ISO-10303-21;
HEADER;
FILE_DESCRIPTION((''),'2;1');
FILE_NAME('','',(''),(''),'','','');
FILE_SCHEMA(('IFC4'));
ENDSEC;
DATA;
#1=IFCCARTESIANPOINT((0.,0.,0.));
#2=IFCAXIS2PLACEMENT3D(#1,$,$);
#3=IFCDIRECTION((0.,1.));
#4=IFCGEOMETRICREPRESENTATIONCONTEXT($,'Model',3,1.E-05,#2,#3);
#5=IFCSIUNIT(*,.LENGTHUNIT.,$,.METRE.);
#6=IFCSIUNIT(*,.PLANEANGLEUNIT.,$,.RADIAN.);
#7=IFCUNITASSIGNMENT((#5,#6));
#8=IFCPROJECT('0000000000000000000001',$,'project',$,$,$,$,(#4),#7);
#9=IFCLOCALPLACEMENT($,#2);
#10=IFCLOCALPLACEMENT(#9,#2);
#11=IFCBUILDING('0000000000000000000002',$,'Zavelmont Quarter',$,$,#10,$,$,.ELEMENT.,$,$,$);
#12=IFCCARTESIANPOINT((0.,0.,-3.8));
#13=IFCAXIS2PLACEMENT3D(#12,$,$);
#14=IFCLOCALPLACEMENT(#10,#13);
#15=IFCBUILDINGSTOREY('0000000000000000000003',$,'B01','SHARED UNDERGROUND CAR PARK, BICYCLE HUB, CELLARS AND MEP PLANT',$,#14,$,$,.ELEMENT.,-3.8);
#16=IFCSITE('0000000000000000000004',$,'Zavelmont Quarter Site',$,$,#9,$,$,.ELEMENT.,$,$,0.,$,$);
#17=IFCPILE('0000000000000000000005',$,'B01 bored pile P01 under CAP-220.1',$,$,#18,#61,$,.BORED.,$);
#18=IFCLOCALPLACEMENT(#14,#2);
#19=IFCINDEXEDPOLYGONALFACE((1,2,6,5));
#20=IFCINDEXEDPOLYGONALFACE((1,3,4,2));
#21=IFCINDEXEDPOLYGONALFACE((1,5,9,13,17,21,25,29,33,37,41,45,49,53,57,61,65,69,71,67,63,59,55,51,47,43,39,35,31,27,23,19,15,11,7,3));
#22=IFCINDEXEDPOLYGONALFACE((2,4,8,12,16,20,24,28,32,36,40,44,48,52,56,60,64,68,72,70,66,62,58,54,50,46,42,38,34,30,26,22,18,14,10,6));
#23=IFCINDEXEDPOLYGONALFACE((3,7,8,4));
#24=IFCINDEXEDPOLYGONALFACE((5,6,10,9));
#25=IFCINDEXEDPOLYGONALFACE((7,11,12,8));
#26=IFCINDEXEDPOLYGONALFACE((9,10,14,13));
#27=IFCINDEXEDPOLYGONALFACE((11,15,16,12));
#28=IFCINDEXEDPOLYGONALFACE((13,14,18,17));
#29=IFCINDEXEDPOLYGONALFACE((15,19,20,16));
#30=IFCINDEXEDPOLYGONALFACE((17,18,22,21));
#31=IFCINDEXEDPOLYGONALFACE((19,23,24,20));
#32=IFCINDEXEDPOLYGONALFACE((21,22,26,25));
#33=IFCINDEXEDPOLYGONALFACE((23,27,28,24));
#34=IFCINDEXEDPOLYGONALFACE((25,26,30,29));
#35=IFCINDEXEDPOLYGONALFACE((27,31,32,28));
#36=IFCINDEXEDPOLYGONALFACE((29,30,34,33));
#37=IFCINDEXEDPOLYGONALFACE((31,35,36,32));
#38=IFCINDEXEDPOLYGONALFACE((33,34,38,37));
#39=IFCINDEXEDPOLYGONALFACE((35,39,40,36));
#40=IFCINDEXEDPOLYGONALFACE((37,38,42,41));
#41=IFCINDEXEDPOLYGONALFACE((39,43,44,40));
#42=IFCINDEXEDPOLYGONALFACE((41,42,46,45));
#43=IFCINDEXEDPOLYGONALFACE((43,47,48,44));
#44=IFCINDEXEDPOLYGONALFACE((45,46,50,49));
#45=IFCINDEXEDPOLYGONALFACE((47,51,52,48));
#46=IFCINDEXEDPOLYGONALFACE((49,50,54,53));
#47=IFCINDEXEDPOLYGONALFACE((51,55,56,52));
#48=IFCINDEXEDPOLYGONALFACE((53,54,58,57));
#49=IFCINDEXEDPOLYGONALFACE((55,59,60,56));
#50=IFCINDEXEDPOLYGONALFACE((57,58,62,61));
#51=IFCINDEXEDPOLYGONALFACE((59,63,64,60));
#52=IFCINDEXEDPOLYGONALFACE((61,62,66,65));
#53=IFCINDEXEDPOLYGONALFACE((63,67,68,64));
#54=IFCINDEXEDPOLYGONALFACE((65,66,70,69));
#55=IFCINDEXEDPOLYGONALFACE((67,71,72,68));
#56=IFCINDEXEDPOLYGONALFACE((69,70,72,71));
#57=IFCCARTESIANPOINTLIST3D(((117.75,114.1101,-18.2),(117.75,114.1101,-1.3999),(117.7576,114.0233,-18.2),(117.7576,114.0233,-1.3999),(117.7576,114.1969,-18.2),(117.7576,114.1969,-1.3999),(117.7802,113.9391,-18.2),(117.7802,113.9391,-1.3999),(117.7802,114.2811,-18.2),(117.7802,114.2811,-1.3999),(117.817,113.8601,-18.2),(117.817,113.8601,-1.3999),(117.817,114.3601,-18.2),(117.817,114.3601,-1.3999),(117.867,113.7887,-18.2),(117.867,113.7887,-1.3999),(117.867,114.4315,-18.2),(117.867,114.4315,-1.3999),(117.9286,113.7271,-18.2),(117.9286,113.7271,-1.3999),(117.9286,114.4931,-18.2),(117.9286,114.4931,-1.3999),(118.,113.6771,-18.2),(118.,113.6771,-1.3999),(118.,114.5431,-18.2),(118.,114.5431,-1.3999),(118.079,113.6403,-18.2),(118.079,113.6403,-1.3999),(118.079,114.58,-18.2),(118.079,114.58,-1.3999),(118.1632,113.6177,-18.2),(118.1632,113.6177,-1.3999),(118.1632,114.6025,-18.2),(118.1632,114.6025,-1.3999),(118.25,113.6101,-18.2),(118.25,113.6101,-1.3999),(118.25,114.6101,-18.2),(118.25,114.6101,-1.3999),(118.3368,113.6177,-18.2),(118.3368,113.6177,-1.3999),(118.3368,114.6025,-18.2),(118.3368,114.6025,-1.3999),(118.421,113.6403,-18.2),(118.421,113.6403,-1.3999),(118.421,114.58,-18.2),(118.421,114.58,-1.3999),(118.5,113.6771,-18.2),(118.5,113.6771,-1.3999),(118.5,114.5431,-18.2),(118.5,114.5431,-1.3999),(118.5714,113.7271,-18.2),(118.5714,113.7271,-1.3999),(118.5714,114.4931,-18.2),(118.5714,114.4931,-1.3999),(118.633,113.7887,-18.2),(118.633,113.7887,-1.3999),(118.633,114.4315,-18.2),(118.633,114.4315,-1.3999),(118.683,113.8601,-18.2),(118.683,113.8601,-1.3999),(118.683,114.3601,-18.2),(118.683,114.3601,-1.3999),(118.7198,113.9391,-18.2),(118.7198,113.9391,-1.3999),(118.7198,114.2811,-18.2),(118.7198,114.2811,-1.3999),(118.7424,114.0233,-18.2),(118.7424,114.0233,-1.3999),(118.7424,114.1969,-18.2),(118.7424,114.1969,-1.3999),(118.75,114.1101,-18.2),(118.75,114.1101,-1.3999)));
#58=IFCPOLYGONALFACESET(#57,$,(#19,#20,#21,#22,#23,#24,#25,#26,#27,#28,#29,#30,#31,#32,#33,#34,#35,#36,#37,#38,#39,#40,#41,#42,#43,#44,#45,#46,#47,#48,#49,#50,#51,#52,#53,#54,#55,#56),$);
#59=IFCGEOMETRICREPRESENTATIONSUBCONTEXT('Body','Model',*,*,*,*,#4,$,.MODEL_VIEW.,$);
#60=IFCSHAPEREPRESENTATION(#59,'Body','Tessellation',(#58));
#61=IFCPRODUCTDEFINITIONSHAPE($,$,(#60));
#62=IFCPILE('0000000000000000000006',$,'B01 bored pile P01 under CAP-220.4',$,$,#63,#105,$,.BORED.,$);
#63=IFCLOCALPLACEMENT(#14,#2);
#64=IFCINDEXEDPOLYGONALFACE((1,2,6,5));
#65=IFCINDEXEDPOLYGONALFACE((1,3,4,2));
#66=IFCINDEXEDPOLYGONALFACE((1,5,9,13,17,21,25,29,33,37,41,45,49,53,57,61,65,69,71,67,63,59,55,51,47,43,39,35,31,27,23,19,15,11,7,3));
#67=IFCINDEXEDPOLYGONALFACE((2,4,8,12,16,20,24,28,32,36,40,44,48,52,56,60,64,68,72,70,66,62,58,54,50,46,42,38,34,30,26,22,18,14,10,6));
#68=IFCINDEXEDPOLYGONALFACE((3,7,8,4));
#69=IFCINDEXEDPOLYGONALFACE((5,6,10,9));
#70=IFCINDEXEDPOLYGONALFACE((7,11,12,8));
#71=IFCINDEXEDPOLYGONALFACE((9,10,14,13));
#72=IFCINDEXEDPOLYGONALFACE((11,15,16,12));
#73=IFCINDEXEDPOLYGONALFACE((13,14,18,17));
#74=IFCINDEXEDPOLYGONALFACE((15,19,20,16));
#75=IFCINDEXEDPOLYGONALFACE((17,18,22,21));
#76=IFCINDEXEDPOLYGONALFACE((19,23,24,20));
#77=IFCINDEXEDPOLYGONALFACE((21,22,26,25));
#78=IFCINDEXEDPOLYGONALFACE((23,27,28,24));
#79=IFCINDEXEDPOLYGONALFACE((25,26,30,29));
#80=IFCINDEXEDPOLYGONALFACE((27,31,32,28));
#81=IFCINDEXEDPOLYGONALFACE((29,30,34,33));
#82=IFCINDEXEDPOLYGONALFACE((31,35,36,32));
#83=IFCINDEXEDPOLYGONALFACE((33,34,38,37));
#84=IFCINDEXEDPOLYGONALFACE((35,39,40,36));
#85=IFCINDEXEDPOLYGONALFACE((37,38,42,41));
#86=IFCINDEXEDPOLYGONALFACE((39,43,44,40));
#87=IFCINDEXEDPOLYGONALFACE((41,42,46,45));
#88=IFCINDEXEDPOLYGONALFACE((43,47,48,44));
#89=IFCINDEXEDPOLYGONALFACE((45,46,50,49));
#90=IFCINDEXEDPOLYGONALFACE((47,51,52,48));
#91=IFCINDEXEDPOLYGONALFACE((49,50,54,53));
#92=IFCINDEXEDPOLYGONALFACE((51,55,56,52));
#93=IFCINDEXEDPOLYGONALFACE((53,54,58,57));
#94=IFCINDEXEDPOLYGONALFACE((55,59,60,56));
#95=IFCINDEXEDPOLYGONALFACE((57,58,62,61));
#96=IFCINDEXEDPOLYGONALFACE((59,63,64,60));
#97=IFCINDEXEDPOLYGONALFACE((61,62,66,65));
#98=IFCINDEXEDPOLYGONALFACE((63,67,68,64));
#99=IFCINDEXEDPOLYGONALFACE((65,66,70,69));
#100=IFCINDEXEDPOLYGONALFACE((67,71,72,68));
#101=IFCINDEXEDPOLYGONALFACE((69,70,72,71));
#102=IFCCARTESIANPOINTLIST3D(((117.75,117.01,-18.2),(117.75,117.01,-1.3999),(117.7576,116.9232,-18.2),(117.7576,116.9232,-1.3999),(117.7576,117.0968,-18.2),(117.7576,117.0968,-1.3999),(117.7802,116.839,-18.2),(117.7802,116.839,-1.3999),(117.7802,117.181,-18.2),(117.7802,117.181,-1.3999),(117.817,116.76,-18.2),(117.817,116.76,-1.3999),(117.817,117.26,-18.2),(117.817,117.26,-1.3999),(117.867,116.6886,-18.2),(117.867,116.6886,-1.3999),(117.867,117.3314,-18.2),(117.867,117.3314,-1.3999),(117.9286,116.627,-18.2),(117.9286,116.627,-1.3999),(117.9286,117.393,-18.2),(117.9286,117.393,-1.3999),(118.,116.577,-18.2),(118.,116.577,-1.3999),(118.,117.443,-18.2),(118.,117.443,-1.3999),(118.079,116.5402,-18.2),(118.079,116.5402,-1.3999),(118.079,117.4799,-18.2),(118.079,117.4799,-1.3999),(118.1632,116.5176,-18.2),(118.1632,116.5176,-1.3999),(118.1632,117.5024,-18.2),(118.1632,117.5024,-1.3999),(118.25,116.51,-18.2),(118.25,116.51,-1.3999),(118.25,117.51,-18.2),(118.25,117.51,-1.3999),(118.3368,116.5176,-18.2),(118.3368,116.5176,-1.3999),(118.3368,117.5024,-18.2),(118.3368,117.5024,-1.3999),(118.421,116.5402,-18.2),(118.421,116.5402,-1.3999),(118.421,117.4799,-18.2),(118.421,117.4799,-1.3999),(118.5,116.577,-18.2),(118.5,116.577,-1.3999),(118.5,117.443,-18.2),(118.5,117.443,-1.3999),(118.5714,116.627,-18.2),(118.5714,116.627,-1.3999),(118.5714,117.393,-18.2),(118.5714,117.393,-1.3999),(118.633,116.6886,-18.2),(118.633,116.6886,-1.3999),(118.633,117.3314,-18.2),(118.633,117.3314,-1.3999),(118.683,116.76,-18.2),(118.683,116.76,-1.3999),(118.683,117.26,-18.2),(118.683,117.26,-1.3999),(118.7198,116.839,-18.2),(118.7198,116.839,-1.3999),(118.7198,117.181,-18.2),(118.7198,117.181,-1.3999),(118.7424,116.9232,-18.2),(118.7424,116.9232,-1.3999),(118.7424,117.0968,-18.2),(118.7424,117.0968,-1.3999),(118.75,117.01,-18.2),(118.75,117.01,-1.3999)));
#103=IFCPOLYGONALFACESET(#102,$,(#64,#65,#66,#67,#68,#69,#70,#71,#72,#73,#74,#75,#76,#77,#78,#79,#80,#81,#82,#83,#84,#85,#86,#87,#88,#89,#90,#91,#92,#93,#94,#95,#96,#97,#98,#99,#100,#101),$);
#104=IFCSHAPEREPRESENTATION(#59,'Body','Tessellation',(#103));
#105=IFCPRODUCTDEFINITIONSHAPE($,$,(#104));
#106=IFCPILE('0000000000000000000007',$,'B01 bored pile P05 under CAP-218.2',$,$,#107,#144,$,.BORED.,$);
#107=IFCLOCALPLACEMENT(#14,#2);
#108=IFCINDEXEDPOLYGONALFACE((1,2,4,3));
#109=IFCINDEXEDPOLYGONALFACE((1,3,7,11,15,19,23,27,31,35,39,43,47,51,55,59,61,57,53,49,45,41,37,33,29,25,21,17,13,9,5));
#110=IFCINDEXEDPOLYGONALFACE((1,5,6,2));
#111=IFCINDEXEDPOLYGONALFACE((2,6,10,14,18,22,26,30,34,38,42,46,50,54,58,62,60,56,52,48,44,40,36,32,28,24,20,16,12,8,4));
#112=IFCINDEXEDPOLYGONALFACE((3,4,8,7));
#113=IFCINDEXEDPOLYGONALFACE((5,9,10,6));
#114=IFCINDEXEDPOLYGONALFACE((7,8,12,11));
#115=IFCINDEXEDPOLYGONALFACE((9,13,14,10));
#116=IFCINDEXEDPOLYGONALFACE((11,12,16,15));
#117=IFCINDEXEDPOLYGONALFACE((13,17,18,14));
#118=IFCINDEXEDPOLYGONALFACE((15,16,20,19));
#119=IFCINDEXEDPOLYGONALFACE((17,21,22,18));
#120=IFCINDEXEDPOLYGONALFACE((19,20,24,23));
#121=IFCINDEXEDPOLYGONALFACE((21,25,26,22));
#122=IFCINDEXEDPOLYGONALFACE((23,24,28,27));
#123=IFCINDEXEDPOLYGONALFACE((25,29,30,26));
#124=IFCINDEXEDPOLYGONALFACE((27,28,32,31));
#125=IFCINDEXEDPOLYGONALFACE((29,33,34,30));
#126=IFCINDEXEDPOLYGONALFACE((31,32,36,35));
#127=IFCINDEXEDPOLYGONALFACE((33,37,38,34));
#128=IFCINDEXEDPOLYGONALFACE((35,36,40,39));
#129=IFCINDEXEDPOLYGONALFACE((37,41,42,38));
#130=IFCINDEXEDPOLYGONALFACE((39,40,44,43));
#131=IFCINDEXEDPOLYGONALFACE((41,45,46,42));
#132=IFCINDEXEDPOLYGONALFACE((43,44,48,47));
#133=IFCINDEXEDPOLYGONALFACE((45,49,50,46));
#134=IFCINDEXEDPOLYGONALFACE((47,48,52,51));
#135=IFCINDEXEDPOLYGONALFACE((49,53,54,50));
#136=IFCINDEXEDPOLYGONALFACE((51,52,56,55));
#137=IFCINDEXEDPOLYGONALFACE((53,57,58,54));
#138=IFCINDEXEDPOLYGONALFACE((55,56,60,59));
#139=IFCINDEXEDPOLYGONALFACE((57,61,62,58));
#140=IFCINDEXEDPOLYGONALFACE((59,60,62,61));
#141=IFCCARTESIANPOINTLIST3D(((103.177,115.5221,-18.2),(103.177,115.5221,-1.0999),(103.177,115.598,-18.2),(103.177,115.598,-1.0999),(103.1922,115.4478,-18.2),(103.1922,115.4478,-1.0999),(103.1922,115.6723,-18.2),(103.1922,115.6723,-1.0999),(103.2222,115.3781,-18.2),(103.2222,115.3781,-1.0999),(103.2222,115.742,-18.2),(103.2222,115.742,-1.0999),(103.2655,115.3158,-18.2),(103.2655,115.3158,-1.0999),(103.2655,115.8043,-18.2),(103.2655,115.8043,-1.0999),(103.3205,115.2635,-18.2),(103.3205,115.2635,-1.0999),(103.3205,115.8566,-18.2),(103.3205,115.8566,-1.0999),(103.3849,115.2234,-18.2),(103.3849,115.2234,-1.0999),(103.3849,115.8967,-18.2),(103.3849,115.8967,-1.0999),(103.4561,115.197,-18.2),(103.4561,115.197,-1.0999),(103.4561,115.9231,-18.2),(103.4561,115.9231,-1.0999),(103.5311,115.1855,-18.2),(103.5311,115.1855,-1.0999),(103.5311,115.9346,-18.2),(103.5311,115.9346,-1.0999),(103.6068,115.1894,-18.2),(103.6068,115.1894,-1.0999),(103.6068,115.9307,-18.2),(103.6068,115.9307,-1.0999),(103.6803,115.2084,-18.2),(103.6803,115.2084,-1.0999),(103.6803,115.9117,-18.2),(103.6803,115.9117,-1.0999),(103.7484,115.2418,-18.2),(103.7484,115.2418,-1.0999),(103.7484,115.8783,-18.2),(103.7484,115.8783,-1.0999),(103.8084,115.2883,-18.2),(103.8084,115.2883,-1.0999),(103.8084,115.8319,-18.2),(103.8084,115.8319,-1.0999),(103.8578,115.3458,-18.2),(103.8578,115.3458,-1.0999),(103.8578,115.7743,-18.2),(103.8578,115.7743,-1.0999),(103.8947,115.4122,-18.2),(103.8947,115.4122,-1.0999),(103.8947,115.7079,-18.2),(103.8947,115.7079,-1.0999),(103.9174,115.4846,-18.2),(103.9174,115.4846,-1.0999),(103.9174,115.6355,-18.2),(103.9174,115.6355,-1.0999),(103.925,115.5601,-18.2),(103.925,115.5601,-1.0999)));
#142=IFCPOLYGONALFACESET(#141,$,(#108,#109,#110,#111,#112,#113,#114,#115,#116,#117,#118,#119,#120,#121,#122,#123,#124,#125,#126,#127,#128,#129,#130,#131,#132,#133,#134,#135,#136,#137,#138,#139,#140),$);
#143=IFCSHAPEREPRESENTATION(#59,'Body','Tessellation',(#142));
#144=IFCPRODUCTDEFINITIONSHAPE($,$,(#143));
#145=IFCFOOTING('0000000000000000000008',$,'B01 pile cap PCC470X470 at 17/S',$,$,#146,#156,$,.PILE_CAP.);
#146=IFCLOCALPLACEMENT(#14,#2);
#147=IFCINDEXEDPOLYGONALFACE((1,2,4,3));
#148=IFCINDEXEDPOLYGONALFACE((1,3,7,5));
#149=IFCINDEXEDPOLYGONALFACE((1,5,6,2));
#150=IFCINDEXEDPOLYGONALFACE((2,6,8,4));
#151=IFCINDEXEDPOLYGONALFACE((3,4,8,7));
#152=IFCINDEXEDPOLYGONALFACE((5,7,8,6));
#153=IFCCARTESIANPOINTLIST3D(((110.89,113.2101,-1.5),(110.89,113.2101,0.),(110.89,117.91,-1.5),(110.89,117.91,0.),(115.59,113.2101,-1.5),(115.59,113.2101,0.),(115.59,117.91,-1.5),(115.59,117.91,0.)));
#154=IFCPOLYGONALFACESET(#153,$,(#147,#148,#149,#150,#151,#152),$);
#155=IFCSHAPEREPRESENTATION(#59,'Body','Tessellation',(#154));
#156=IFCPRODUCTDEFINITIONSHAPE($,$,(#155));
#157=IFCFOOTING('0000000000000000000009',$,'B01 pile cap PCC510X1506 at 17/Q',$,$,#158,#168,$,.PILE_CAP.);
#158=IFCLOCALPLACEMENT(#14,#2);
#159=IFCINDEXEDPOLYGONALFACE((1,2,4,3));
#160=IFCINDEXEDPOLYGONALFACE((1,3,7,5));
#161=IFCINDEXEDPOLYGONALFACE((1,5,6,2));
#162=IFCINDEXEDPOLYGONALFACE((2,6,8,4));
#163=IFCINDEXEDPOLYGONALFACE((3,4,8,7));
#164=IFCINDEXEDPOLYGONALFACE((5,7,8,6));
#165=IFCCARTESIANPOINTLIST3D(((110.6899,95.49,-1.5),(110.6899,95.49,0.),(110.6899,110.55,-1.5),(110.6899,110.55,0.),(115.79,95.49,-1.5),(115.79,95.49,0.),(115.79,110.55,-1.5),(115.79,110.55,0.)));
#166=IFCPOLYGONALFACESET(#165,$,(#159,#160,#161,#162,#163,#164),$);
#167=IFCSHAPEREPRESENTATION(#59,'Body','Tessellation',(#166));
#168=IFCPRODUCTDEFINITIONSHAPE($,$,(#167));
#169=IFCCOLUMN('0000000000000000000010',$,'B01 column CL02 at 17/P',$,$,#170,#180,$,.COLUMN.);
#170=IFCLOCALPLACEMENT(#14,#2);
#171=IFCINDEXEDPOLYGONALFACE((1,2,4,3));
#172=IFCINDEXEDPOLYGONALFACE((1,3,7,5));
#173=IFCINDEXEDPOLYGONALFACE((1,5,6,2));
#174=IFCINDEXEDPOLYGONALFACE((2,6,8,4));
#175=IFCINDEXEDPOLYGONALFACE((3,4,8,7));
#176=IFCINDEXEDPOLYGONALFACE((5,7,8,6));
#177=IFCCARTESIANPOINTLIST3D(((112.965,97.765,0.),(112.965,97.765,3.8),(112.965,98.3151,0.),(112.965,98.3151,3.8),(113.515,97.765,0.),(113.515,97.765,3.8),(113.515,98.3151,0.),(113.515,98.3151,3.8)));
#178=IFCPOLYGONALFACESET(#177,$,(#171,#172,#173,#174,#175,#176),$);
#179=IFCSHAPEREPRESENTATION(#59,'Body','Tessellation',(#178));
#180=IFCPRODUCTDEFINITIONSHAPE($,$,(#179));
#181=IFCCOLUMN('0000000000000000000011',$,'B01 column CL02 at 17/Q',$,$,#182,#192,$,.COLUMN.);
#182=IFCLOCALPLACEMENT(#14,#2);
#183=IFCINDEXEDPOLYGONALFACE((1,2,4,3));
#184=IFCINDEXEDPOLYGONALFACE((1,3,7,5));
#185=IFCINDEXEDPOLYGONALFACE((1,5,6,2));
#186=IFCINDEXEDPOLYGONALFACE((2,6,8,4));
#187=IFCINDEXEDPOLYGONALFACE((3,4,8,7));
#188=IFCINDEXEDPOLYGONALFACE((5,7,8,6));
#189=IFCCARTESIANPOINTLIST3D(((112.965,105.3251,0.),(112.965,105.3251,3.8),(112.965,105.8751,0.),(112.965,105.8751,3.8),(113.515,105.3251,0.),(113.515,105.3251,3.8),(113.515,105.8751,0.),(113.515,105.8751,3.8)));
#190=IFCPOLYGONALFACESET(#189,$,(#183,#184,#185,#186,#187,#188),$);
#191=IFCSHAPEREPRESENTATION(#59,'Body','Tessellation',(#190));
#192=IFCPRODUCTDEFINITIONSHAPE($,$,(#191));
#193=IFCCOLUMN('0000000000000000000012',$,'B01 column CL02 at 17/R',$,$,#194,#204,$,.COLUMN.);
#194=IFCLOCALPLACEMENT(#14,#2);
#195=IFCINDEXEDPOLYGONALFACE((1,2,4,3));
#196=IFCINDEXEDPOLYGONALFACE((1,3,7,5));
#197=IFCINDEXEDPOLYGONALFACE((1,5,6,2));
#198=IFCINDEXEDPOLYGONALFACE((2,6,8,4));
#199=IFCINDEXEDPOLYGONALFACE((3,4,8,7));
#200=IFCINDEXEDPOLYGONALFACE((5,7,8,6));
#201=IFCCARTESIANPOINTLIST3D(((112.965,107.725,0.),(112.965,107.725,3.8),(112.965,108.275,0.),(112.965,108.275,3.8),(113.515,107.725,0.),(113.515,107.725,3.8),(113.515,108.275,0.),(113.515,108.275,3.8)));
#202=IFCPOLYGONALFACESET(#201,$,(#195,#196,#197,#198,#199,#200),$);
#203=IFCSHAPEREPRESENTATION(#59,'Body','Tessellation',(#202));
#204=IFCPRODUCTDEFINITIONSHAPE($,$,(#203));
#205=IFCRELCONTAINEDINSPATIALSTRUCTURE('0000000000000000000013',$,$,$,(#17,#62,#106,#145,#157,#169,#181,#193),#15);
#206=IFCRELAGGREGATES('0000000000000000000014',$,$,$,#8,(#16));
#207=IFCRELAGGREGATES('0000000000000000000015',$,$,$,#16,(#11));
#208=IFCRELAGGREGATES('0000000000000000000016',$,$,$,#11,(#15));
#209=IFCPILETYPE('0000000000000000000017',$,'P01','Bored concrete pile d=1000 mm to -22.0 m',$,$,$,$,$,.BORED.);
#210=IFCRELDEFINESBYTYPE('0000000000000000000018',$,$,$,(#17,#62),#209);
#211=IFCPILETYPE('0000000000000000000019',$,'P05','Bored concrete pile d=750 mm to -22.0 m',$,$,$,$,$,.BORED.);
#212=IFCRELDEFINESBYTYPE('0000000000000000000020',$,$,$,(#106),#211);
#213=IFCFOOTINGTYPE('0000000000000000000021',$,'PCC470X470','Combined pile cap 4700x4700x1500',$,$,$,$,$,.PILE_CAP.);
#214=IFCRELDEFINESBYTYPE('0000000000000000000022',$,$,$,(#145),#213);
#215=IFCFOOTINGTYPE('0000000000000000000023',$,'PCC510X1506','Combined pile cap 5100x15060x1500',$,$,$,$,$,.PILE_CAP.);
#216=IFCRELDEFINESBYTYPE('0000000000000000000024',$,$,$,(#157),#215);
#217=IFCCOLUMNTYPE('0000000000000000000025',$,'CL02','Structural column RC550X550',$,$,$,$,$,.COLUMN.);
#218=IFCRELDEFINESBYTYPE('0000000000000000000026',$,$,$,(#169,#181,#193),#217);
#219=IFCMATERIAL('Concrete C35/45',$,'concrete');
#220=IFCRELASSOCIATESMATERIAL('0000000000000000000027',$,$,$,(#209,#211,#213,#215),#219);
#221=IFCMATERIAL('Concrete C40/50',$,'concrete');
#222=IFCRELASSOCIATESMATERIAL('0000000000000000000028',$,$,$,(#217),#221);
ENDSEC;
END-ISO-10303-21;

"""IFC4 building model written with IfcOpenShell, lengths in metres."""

from ifc_helpers import new_model, si_unit, direction, frame, origin, origin_2d, place, context, subcontext, project, spatial, rectangle, circle, extrude, material, material_profile, profile_set, type_object, element, save


model = new_model("IFC4")

# Units and contexts
model_context = context("Model", 3, precision=1e-05, world=origin(), true_north=direction((0.0, 1.0)))
body_context = subcontext(model_context, "Body", "Model", "MODEL_VIEW")
ifc_project = project(units=[si_unit("LENGTHUNIT", "METRE"), si_unit("PLANEANGLEUNIT", "RADIAN")], contexts=[model_context])

# Site, building, storey
site_placement = place(None, origin())
site = spatial("IfcSite", under=ifc_project, at=site_placement, Name="Zavelmont Quarter Site", CompositionType="ELEMENT", RefElevation=0.0)
building_placement = place(site_placement, origin())
building = spatial("IfcBuilding", under=site, at=building_placement, Name="Zavelmont Quarter", CompositionType="ELEMENT")
storey_placement = place(building_placement, frame((0.0, 0.0, -3.8)))
storey = spatial("IfcBuildingStorey", under=building, at=storey_placement, Name="B01", Description="SHARED UNDERGROUND CAR PARK, BICYCLE HUB, CELLARS AND MEP PLANT", CompositionType="ELEMENT", Elevation=-3.8)

# Shared definitions
ifc_material_1 = material(Name="Concrete C35/45", Category="concrete")

# Piles
ifc_material_profile_1 = material_profile(ifc_material_1, circle(Radius=0.5, at=origin_2d()), Name="BP1000")
ifc_profile_set_1 = profile_set([ifc_material_profile_1], Name="Concrete C35/45")
pile_type_1 = type_object("IfcPileType", Name="P01", Description="Bored concrete pile d=1000 mm to -22.0 m", PredefinedType="BORED", material=ifc_profile_set_1)
for number, where, z_axis, x_axis, name in (
    (1, (118.25, 114.1101, -1.3999), (0.0, 0.0, -1.0), (1.0, 0.0, 0.0), "B01 bored pile P01 under CAP-220.1"),
    (2, (118.25, 117.01, -1.3999), (0.0, 0.0, -1.0), (1.0, 0.0, 0.0), "B01 bored pile P01 under CAP-220.4"),
):
    element("IfcPile", number, at=place(storey_placement, frame(where, z_axis=z_axis, x_axis=x_axis)), inside=storey, type_object=pile_type_1, Name=name, PredefinedType="BORED", context=body_context, shape_type="SweptSolid", body=[
        extrude(circle(Radius=0.5, at=origin_2d()), origin(), (0.0, 0.0, 1.0), 16.8),
    ])
ifc_material_profile_2 = material_profile(ifc_material_1, circle(Radius=0.375, at=origin_2d()), Name="BP750")
ifc_profile_set_2 = profile_set([ifc_material_profile_2], Name="Concrete C35/45")
pile_type_2 = type_object("IfcPileType", Name="P05", Description="Bored concrete pile d=750 mm to -22.0 m", PredefinedType="BORED", material=ifc_profile_set_2)
pile_placement = place(storey_placement, frame((103.55, 115.5601, -1.0999), z_axis=(0.0, 0.0, -1.0), x_axis=(1.0, 0.0, 0.0)))
element("IfcPile", 3, at=pile_placement, inside=storey, type_object=pile_type_2, Name="B01 bored pile P05 under CAP-218.2", PredefinedType="BORED", context=body_context, shape_type="SweptSolid", body=[
    extrude(circle(Radius=0.375, at=origin_2d()), origin(), (0.0, 0.0, 1.0), 17.1001),
])

# Footings
footing_type_1 = type_object("IfcFootingType", Name="PCC470X470", Description="Combined pile cap 4700x4700x1500", PredefinedType="PILE_CAP", material=ifc_material_1)
footing_1_placement = place(storey_placement, frame((113.24, 115.5601, -1.5), z_axis=(0.0, 0.0, 1.0), x_axis=(1.0, 0.0, 0.0)))
element("IfcFooting", 4, at=footing_1_placement, inside=storey, type_object=footing_type_1, Name="B01 pile cap PCC470X470 at 17/S", PredefinedType="PILE_CAP", context=body_context, shape_type="SweptSolid", body=[
    extrude(rectangle(XDim=4.7, YDim=4.7, at=origin_2d()), origin(), (0.0, 0.0, 1.0), 1.5),
])
footing_type_2 = type_object("IfcFootingType", Name="PCC510X1506", Description="Combined pile cap 5100x15060x1500", PredefinedType="PILE_CAP", material=ifc_material_1)
footing_2_placement = place(storey_placement, frame((113.24, 103.02, -1.5), z_axis=(0.0, 0.0, 1.0), x_axis=(1.0, 0.0, 0.0)))
element("IfcFooting", 5, at=footing_2_placement, inside=storey, type_object=footing_type_2, Name="B01 pile cap PCC510X1506 at 17/Q", PredefinedType="PILE_CAP", context=body_context, shape_type="SweptSolid", body=[
    extrude(rectangle(XDim=5.1001, YDim=15.0601, at=origin_2d()), origin(), (0.0, 0.0, 1.0), 1.5),
])

# Columns
ifc_material_2 = material(Name="Concrete C40/50", Category="concrete")
ifc_material_profile_3 = material_profile(ifc_material_2, rectangle(XDim=0.55, YDim=0.55, at=origin_2d()), Name="RC550X550")
ifc_profile_set_3 = profile_set([ifc_material_profile_3], Name="Concrete C40/50")
column_type_1 = type_object("IfcColumnType", Name="CL02", Description="Structural column RC550X550", PredefinedType="COLUMN", material=ifc_profile_set_3)
for number, where, z_axis, x_axis, name in (
    (6, (113.24, 98.04, 0.0), (0.0, 0.0, 1.0), (1.0, 0.0, 0.0), "B01 column CL02 at 17/P"),
    (7, (113.24, 105.6001, 0.0), (0.0, 0.0, 1.0), (1.0, 0.0, 0.0), "B01 column CL02 at 17/Q"),
    (8, (113.24, 108.0, 0.0), (0.0, 0.0, 1.0), (1.0, 0.0, 0.0), "B01 column CL02 at 17/R"),
):
    element("IfcColumn", number, at=place(storey_placement, frame(where, z_axis=z_axis, x_axis=x_axis)), inside=storey, type_object=column_type_1, Name=name, PredefinedType="COLUMN", context=body_context, shape_type="SweptSolid", body=[
        extrude(rectangle(XDim=0.55, YDim=0.55, at=origin_2d()), origin(), (0.0, 0.0, 1.0), 3.8),
    ])

save(model, "model.ifc")
